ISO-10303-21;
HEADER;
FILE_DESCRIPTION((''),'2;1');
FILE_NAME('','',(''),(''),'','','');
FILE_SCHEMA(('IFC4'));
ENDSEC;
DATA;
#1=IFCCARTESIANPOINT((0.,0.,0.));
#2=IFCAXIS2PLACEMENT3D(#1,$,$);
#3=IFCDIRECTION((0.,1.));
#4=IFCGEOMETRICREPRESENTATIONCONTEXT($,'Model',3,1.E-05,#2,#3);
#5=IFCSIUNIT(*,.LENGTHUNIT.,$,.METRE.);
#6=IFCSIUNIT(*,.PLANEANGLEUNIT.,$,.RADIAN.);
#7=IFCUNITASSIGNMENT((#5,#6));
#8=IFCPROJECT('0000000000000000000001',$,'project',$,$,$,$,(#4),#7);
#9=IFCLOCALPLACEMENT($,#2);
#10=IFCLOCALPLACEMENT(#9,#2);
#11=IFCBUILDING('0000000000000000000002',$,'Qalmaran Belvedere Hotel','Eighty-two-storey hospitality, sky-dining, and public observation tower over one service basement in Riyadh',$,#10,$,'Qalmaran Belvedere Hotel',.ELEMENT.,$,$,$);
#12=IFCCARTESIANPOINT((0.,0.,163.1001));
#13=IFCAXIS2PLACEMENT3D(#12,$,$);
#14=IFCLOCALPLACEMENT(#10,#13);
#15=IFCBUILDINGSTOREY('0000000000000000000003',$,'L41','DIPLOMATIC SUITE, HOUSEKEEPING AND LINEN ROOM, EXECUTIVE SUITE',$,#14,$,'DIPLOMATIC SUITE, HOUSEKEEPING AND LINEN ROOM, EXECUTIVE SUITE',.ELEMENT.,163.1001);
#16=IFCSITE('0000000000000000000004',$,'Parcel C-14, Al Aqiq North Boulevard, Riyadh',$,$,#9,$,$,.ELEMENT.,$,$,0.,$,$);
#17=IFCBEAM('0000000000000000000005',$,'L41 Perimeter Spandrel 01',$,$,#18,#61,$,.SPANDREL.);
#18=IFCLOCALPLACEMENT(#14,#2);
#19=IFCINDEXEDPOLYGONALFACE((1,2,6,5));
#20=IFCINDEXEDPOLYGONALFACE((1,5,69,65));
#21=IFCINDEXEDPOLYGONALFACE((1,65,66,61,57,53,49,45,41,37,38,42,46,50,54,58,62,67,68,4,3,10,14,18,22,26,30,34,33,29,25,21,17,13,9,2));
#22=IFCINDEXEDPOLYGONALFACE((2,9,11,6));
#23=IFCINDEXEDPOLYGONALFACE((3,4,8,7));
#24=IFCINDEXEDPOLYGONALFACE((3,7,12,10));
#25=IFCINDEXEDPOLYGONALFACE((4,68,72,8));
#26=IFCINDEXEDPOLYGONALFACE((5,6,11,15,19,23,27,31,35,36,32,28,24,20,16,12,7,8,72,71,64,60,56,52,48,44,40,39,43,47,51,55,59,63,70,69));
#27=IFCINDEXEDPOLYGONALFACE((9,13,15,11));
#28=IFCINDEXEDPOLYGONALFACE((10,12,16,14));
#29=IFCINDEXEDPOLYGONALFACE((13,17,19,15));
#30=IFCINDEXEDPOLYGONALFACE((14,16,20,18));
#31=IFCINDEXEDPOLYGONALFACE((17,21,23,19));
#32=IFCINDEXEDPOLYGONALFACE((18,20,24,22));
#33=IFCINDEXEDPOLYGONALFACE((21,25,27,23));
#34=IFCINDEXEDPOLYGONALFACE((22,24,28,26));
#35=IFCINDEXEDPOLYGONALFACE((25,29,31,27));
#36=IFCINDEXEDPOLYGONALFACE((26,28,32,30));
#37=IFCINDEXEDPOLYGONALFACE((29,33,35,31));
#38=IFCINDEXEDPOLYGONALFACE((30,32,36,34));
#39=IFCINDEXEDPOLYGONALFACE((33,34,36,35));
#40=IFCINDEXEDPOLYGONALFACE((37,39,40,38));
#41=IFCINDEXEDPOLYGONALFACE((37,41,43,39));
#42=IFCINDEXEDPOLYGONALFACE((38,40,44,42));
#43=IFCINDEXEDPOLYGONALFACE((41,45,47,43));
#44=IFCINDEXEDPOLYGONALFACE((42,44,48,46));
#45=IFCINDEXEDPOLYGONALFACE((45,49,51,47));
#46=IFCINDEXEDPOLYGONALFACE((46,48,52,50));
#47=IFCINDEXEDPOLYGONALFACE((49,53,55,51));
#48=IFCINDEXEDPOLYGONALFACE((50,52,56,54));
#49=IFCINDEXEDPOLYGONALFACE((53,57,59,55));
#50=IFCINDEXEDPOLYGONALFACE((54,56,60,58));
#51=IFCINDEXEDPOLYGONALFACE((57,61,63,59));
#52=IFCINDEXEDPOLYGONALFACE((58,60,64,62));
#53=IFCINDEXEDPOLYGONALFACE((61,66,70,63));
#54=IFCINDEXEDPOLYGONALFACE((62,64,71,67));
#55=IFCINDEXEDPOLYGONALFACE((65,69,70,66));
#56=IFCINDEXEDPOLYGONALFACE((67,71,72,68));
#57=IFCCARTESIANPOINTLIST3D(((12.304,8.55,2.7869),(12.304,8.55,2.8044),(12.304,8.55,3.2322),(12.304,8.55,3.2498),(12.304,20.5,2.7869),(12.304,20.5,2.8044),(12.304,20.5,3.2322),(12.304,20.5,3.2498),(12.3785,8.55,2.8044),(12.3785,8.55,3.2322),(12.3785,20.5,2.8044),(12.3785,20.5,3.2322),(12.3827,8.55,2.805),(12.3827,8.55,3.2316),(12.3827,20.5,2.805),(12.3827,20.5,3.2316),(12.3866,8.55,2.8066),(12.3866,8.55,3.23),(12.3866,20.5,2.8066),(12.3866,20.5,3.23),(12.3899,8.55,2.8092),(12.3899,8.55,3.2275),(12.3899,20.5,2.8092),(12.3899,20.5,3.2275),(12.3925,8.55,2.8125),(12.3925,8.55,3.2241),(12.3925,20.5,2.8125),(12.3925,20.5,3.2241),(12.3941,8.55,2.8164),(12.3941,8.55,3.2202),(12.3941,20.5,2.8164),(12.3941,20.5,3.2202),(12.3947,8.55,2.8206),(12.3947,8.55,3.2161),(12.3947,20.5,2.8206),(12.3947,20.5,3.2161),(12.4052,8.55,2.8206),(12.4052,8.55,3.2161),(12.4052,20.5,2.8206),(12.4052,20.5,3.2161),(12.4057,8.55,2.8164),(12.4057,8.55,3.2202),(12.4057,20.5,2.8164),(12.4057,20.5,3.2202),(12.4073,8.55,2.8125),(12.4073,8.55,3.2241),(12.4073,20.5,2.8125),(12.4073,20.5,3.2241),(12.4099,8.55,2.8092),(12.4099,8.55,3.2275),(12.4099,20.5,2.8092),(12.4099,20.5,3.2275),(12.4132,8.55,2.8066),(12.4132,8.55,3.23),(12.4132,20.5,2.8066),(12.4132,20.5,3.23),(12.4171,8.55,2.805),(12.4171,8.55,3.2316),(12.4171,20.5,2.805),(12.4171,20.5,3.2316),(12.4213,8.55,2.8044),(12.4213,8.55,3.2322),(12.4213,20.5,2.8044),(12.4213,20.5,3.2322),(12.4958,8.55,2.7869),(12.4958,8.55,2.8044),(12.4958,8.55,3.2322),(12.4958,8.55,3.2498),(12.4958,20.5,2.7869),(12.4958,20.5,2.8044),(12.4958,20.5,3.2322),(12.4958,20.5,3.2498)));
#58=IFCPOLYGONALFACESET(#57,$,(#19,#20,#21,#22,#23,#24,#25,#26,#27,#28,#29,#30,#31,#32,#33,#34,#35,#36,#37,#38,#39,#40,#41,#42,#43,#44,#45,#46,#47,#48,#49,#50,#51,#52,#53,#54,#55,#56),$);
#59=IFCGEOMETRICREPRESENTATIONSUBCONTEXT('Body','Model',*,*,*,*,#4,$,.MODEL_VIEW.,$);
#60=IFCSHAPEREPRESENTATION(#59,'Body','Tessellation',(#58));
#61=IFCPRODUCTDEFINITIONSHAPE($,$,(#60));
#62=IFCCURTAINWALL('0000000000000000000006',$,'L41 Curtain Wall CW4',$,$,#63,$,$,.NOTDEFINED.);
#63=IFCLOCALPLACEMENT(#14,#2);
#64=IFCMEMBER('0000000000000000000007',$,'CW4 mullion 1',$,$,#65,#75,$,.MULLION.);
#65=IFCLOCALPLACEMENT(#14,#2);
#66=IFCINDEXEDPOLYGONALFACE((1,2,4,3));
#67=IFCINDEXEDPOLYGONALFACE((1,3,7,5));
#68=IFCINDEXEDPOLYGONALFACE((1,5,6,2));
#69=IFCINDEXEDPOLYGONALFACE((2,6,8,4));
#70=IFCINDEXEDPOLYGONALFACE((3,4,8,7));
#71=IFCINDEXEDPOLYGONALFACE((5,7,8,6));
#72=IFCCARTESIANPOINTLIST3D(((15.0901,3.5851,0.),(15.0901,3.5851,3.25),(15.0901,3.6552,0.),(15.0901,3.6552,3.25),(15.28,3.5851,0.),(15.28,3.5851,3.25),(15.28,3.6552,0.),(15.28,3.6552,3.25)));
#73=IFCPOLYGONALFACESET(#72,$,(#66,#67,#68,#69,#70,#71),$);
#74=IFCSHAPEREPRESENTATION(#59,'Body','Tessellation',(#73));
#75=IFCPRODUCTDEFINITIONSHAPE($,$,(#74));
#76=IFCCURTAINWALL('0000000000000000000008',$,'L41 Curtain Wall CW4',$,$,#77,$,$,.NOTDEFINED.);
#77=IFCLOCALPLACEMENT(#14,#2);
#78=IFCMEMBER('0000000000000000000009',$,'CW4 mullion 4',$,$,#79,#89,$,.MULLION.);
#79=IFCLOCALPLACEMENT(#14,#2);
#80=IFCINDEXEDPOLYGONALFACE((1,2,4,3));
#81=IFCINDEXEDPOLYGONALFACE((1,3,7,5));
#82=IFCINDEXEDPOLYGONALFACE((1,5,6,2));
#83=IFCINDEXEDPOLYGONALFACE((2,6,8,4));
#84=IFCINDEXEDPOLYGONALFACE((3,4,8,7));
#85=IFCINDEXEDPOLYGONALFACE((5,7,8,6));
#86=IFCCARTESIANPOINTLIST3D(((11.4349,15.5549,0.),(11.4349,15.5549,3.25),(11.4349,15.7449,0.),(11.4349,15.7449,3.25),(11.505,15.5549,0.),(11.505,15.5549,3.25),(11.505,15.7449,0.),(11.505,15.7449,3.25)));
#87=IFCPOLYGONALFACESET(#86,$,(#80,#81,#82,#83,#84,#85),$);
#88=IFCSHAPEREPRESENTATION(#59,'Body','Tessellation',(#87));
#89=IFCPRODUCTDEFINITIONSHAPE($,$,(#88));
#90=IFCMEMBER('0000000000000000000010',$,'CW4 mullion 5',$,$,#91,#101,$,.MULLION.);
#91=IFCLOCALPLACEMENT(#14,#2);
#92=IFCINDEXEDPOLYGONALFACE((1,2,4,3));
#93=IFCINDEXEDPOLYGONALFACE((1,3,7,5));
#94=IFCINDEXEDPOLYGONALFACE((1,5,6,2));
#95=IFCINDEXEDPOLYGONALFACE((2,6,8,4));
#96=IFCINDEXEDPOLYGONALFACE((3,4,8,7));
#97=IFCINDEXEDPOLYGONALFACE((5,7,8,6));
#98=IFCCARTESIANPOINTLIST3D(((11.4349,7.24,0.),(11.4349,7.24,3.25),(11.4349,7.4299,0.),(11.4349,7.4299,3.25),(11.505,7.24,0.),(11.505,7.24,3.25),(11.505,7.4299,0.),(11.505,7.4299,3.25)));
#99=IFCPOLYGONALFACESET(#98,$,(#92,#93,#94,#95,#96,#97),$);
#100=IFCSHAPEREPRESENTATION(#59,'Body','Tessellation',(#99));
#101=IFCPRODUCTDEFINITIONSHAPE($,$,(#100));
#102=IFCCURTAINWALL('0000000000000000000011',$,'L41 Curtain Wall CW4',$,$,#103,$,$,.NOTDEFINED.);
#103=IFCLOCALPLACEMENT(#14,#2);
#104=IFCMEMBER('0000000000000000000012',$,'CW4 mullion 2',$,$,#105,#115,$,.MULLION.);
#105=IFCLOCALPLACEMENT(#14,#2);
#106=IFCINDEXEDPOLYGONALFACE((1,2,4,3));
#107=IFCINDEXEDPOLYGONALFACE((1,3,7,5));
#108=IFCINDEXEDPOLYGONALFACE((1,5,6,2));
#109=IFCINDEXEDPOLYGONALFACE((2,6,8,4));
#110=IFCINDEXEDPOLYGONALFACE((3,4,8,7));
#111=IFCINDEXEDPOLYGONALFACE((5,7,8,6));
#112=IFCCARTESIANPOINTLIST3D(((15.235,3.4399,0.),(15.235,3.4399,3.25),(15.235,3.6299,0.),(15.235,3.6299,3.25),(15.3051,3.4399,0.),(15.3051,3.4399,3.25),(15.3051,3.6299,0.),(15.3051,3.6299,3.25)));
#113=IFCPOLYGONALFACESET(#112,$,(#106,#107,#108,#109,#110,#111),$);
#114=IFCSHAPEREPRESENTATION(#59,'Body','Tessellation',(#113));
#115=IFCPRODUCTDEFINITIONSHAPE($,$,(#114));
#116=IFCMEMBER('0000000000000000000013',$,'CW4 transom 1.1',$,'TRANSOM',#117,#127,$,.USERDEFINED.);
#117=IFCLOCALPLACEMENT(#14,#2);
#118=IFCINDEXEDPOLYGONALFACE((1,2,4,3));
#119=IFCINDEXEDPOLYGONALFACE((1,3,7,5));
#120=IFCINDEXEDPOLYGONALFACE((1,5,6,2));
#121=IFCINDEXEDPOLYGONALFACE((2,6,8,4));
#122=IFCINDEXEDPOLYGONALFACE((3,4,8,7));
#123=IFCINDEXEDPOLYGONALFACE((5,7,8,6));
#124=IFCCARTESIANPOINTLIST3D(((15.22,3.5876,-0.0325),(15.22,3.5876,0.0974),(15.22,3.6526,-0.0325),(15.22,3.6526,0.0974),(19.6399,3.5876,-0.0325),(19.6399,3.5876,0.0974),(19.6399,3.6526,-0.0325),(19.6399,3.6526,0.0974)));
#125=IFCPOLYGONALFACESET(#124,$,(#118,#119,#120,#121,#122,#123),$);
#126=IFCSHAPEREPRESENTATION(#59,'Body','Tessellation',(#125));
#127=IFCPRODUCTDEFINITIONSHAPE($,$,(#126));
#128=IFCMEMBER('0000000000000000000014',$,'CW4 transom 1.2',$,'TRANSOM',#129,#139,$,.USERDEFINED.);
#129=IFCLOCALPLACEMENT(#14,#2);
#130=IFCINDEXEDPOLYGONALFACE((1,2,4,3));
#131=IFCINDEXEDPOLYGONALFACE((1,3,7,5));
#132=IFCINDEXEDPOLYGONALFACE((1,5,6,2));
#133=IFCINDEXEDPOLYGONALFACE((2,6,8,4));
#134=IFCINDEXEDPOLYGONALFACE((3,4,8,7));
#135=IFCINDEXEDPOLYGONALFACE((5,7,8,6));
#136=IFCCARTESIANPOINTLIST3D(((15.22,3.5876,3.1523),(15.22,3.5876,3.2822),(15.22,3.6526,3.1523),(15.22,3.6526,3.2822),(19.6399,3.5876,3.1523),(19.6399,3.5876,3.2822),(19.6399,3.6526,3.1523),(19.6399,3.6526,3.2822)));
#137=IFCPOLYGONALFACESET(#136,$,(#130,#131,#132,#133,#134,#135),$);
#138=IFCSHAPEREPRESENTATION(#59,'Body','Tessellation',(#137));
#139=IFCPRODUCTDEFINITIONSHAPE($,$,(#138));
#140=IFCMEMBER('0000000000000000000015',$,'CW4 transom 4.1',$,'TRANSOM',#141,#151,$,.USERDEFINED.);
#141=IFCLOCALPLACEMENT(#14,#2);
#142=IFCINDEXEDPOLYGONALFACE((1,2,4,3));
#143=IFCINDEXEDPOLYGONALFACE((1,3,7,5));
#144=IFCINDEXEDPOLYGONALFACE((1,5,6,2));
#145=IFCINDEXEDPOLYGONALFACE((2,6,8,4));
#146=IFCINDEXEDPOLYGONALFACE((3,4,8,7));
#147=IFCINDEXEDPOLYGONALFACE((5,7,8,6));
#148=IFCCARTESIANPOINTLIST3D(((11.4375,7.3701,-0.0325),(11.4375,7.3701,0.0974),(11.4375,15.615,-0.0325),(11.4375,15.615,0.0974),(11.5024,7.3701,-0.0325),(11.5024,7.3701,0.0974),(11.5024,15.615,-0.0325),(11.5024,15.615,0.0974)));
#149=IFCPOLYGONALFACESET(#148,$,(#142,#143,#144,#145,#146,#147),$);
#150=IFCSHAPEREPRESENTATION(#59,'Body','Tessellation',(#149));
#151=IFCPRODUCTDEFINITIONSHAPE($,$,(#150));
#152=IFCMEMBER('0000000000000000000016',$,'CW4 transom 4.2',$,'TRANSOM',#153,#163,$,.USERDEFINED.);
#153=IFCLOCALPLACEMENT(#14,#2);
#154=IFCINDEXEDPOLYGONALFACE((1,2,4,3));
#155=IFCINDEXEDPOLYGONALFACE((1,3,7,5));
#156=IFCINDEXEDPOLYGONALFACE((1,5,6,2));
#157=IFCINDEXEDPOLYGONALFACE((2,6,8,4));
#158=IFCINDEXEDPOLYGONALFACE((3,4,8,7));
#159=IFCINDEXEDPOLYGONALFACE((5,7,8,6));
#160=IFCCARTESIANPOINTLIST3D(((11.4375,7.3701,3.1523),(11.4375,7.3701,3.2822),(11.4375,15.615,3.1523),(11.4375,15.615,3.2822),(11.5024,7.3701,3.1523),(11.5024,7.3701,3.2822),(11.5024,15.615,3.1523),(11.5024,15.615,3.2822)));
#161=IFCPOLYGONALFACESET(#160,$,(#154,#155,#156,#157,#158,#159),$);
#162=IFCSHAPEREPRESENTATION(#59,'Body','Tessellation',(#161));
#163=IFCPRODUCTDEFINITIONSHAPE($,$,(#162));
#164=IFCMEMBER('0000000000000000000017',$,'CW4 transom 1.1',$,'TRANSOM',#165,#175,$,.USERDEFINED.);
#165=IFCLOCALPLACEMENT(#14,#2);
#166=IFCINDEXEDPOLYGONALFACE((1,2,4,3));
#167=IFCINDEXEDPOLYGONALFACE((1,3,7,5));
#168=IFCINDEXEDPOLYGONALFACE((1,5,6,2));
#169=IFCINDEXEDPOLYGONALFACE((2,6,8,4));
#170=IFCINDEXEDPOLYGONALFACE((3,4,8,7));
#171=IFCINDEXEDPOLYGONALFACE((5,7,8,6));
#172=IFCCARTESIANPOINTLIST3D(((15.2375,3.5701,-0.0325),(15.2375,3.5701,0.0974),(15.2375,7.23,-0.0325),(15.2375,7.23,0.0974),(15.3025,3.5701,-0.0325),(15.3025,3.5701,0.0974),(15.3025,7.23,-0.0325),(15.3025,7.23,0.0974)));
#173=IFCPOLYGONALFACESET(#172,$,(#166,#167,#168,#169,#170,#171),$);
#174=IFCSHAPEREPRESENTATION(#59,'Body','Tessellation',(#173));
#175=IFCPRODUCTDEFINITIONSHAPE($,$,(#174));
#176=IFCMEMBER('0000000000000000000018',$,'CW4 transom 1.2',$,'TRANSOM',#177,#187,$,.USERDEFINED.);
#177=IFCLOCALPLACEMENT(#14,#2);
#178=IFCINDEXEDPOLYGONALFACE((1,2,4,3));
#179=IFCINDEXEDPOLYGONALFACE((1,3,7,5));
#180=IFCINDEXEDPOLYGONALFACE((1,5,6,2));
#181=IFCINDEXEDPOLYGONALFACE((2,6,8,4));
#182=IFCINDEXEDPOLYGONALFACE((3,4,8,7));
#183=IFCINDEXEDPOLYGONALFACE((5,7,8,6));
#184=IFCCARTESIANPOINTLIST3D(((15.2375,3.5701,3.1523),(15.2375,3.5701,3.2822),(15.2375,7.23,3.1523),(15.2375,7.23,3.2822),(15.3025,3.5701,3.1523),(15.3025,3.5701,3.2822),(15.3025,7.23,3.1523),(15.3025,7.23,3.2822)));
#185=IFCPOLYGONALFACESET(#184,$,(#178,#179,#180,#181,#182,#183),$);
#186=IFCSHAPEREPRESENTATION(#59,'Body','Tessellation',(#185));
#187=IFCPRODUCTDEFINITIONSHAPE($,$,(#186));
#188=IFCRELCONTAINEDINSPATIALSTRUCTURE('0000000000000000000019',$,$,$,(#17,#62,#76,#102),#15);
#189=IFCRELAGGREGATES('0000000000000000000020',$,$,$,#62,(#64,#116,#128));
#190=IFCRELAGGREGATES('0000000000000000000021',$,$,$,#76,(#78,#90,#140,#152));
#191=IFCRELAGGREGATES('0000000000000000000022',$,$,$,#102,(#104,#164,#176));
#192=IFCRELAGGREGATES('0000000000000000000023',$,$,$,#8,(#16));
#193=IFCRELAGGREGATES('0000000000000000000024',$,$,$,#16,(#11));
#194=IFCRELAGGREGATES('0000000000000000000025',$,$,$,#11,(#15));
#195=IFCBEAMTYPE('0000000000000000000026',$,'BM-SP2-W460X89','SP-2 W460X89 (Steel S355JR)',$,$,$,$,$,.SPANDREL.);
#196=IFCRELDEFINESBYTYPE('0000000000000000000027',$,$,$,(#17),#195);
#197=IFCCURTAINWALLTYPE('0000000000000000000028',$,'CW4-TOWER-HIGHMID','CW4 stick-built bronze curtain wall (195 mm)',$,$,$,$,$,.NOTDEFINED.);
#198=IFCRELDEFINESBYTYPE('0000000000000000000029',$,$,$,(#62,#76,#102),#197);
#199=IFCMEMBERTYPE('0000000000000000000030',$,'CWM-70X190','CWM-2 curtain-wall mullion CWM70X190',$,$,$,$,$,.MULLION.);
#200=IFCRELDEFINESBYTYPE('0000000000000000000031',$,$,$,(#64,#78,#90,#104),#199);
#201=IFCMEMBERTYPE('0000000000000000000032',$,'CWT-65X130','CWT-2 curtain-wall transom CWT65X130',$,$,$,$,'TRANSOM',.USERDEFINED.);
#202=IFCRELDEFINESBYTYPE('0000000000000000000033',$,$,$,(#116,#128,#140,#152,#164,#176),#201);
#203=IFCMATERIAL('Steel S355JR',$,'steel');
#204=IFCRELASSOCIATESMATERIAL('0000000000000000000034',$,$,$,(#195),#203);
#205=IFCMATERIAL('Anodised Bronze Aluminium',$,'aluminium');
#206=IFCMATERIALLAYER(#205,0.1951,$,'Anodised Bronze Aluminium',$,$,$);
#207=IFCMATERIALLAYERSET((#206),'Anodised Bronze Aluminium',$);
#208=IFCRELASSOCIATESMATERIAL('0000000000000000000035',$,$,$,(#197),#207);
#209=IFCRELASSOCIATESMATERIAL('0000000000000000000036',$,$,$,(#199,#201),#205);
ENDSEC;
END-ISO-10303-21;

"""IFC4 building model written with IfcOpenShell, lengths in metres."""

from ifc_helpers import new_model, si_unit, direction, frame, origin, origin_2d, place, context, subcontext, project, spatial, rectangle, i_section, extrude, material, layer, layer_set, material_profile, profile_set, type_object, element, aggregate, save


model = new_model("IFC4")

# Units and contexts
model_context = context("Model", 3, precision=1e-05, world=origin(), true_north=direction((0.0, 1.0)))
body_context = subcontext(model_context, "Body", "Model", "MODEL_VIEW")
ifc_project = project(units=[si_unit("LENGTHUNIT", "METRE"), si_unit("PLANEANGLEUNIT", "RADIAN")], contexts=[model_context])

# Site, building, storey
site_placement = place(None, origin())
site = spatial("IfcSite", under=ifc_project, at=site_placement, Name="Parcel C-14, Al Aqiq North Boulevard, Riyadh", CompositionType="ELEMENT", RefElevation=0.0)
building_placement = place(site_placement, origin())
building = spatial("IfcBuilding", under=site, at=building_placement, Name="Qalmaran Belvedere Hotel", Description="Eighty-two-storey hospitality, sky-dining, and public observation tower over one service basement in Riyadh", LongName="Qalmaran Belvedere Hotel", CompositionType="ELEMENT")
storey_placement = place(building_placement, frame((0.0, 0.0, 163.1001)))
storey = spatial("IfcBuildingStorey", under=building, at=storey_placement, Name="L41", Description="DIPLOMATIC SUITE, HOUSEKEEPING AND LINEN ROOM, EXECUTIVE SUITE", LongName="DIPLOMATIC SUITE, HOUSEKEEPING AND LINEN ROOM, EXECUTIVE SUITE", CompositionType="ELEMENT", Elevation=163.1001)

# Beam
ifc_material_1 = material(Name="Steel S355JR", Category="steel")
ifc_material_profile_1 = material_profile(ifc_material_1, i_section(OverallWidth=0.1919, OverallDepth=0.4629, WebThickness=0.0105, FlangeThickness=0.0176, FilletRadius=0.0161, at=origin_2d()), Name="W460X89")
ifc_profile_set_1 = profile_set([ifc_material_profile_1], Name="Steel S355JR")
beam_type_1 = type_object("IfcBeamType", Name="BM-SP2-W460X89", Description="SP-2 W460X89 (Steel S355JR)", PredefinedType="SPANDREL", material=ifc_profile_set_1)
beam_1_placement = place(storey_placement, frame((12.3999, 8.55, 3.0183), z_axis=(0.0, 1.0, 0.0), x_axis=(-1.0, 0.0, 0.0)))
element("IfcBeam", 1, at=beam_1_placement, inside=storey, type_object=beam_type_1, Name="L41 Perimeter Spandrel 01", PredefinedType="SPANDREL", context=body_context, shape_type="SweptSolid", body=[
    extrude(i_section(OverallWidth=0.1919, OverallDepth=0.4629, WebThickness=0.0105, FlangeThickness=0.0176, FilletRadius=0.0161, at=origin_2d()), origin(), (0.0, 0.0, 1.0), 11.95),
])

# Curtain wall, member
ifc_material_2 = material(Name="Anodised Bronze Aluminium", Category="aluminium")
ifc_layer_1 = layer(ifc_material_2, 0.1951, Name="Anodised Bronze Aluminium")
ifc_layer_set_1 = layer_set([ifc_layer_1], Name="Anodised Bronze Aluminium")
curtain_wall_type = type_object("IfcCurtainWallType", Name="CW4-TOWER-HIGHMID", Description="CW4 stick-built bronze curtain wall (195 mm)", PredefinedType="NOTDEFINED", material=ifc_layer_set_1)
curtain_wall_1_placement = place(storey_placement, origin())
curtain_wall_1 = element("IfcCurtainWall", 2, at=curtain_wall_1_placement, inside=storey, type_object=curtain_wall_type, Name="L41 Curtain Wall CW4", PredefinedType="NOTDEFINED")
ifc_material_profile_2 = material_profile(ifc_material_2, rectangle(XDim=0.0701, YDim=0.1899, at=origin_2d()), Name="CWM70X190")
ifc_profile_set_2 = profile_set([ifc_material_profile_2], Name="Anodised Bronze Aluminium")
member_type_1 = type_object("IfcMemberType", Name="CWM-70X190", Description="CWM-2 curtain-wall mullion CWM70X190", PredefinedType="MULLION", material=ifc_profile_set_2)
member_1_placement = place(storey_placement, frame((15.1851, 3.6201, 0.0), z_axis=(0.0, 0.0, 1.0), x_axis=(0.0, 1.0, 0.0)))
member_1 = element("IfcMember", 3, at=member_1_placement, type_object=member_type_1, Name="CW4 mullion 1", PredefinedType="MULLION", context=body_context, shape_type="SweptSolid", body=[
    extrude(rectangle(XDim=0.0701, YDim=0.1899, at=origin_2d()), origin(), (0.0, 0.0, 1.0), 3.25),
])

# Curtain wall, members
curtain_wall_2_placement = place(storey_placement, origin())
curtain_wall_2 = element("IfcCurtainWall", 4, at=curtain_wall_2_placement, inside=storey, type_object=curtain_wall_type, Name="L41 Curtain Wall CW4", PredefinedType="NOTDEFINED")
member_2_placement = place(storey_placement, frame((11.47, 15.6499, 0.0), z_axis=(0.0, 0.0, 1.0), x_axis=(1.0, 0.0, 0.0)))
member_2 = element("IfcMember", 5, at=member_2_placement, type_object=member_type_1, Name="CW4 mullion 4", PredefinedType="MULLION", context=body_context, shape_type="SweptSolid", body=[
    extrude(rectangle(XDim=0.0701, YDim=0.1899, at=origin_2d()), origin(), (0.0, 0.0, 1.0), 3.25),
])
member_3_placement = place(storey_placement, frame((11.47, 7.335, 0.0), z_axis=(0.0, 0.0, 1.0), x_axis=(1.0, 0.0, 0.0)))
member_3 = element("IfcMember", 6, at=member_3_placement, type_object=member_type_1, Name="CW4 mullion 5", PredefinedType="MULLION", context=body_context, shape_type="SweptSolid", body=[
    extrude(rectangle(XDim=0.0701, YDim=0.1899, at=origin_2d()), origin(), (0.0, 0.0, 1.0), 3.25),
])

# Curtain wall, member
curtain_wall_3_placement = place(storey_placement, origin())
curtain_wall_3 = element("IfcCurtainWall", 7, at=curtain_wall_3_placement, inside=storey, type_object=curtain_wall_type, Name="L41 Curtain Wall CW4", PredefinedType="NOTDEFINED")
member_4_placement = place(storey_placement, frame((15.27, 3.5349, 0.0), z_axis=(0.0, 0.0, 1.0), x_axis=(1.0, 0.0, 0.0)))
member_4 = element("IfcMember", 8, at=member_4_placement, type_object=member_type_1, Name="CW4 mullion 2", PredefinedType="MULLION", context=body_context, shape_type="SweptSolid", body=[
    extrude(rectangle(XDim=0.0701, YDim=0.1899, at=origin_2d()), origin(), (0.0, 0.0, 1.0), 3.25),
])

# Members
ifc_material_profile_3 = material_profile(ifc_material_2, rectangle(XDim=0.0649, YDim=0.1299, at=origin_2d()), Name="CWT65X130")
ifc_profile_set_3 = profile_set([ifc_material_profile_3], Name="Anodised Bronze Aluminium")
member_type_2 = type_object("IfcMemberType", Name="CWT-65X130", Description="CWT-2 curtain-wall transom CWT65X130", ElementType="TRANSOM", PredefinedType="USERDEFINED", material=ifc_profile_set_3)
member_5_placement = place(storey_placement, frame((15.22, 3.6201, 0.0325), z_axis=(1.0, 0.0, 0.0), x_axis=(0.0, 1.0, 0.0)))
member_5 = element("IfcMember", 9, at=member_5_placement, type_object=member_type_2, Name="CW4 transom 1.1", ObjectType="TRANSOM", PredefinedType="USERDEFINED", context=body_context, shape_type="SweptSolid", body=[
    extrude(rectangle(XDim=0.0649, YDim=0.1299, at=origin_2d()), origin(), (0.0, 0.0, 1.0), 4.4199),
])
member_6_placement = place(storey_placement, frame((15.22, 3.6201, 3.2173), z_axis=(1.0, 0.0, 0.0), x_axis=(0.0, 1.0, 0.0)))
member_6 = element("IfcMember", 10, at=member_6_placement, type_object=member_type_2, Name="CW4 transom 1.2", ObjectType="TRANSOM", PredefinedType="USERDEFINED", context=body_context, shape_type="SweptSolid", body=[
    extrude(rectangle(XDim=0.0649, YDim=0.1299, at=origin_2d()), origin(), (0.0, 0.0, 1.0), 4.4199),
])
aggregate(curtain_wall_1, [member_1, member_5, member_6])
member_7_placement = place(storey_placement, frame((11.47, 15.615, 0.0325), z_axis=(0.0, -1.0, 0.0), x_axis=(1.0, 0.0, 0.0)))
member_7 = element("IfcMember", 11, at=member_7_placement, type_object=member_type_2, Name="CW4 transom 4.1", ObjectType="TRANSOM", PredefinedType="USERDEFINED", context=body_context, shape_type="SweptSolid", body=[
    extrude(rectangle(XDim=0.0649, YDim=0.1299, at=origin_2d()), origin(), (0.0, 0.0, 1.0), 8.2449),
])
member_8_placement = place(storey_placement, frame((11.47, 15.615, 3.2173), z_axis=(0.0, -1.0, 0.0), x_axis=(1.0, 0.0, 0.0)))
member_8 = element("IfcMember", 12, at=member_8_placement, type_object=member_type_2, Name="CW4 transom 4.2", ObjectType="TRANSOM", PredefinedType="USERDEFINED", context=body_context, shape_type="SweptSolid", body=[
    extrude(rectangle(XDim=0.0649, YDim=0.1299, at=origin_2d()), origin(), (0.0, 0.0, 1.0), 8.2449),
])
member_9_placement = place(storey_placement, frame((15.27, 7.23, 0.0325), z_axis=(0.0, -1.0, 0.0), x_axis=(1.0, 0.0, 0.0)))
member_9 = element("IfcMember", 13, at=member_9_placement, type_object=member_type_2, Name="CW4 transom 1.1", ObjectType="TRANSOM", PredefinedType="USERDEFINED", context=body_context, shape_type="SweptSolid", body=[
    extrude(rectangle(XDim=0.0649, YDim=0.1299, at=origin_2d()), origin(), (0.0, 0.0, 1.0), 3.6599),
])
member_10_placement = place(storey_placement, frame((15.27, 7.23, 3.2173), z_axis=(0.0, -1.0, 0.0), x_axis=(1.0, 0.0, 0.0)))
member_10 = element("IfcMember", 14, at=member_10_placement, type_object=member_type_2, Name="CW4 transom 1.2", ObjectType="TRANSOM", PredefinedType="USERDEFINED", context=body_context, shape_type="SweptSolid", body=[
    extrude(rectangle(XDim=0.0649, YDim=0.1299, at=origin_2d()), origin(), (0.0, 0.0, 1.0), 3.6599),
])

aggregate(curtain_wall_2, [member_2, member_3, member_7, member_8])
aggregate(curtain_wall_3, [member_4, member_9, member_10])

save(model, "model.ifc")
